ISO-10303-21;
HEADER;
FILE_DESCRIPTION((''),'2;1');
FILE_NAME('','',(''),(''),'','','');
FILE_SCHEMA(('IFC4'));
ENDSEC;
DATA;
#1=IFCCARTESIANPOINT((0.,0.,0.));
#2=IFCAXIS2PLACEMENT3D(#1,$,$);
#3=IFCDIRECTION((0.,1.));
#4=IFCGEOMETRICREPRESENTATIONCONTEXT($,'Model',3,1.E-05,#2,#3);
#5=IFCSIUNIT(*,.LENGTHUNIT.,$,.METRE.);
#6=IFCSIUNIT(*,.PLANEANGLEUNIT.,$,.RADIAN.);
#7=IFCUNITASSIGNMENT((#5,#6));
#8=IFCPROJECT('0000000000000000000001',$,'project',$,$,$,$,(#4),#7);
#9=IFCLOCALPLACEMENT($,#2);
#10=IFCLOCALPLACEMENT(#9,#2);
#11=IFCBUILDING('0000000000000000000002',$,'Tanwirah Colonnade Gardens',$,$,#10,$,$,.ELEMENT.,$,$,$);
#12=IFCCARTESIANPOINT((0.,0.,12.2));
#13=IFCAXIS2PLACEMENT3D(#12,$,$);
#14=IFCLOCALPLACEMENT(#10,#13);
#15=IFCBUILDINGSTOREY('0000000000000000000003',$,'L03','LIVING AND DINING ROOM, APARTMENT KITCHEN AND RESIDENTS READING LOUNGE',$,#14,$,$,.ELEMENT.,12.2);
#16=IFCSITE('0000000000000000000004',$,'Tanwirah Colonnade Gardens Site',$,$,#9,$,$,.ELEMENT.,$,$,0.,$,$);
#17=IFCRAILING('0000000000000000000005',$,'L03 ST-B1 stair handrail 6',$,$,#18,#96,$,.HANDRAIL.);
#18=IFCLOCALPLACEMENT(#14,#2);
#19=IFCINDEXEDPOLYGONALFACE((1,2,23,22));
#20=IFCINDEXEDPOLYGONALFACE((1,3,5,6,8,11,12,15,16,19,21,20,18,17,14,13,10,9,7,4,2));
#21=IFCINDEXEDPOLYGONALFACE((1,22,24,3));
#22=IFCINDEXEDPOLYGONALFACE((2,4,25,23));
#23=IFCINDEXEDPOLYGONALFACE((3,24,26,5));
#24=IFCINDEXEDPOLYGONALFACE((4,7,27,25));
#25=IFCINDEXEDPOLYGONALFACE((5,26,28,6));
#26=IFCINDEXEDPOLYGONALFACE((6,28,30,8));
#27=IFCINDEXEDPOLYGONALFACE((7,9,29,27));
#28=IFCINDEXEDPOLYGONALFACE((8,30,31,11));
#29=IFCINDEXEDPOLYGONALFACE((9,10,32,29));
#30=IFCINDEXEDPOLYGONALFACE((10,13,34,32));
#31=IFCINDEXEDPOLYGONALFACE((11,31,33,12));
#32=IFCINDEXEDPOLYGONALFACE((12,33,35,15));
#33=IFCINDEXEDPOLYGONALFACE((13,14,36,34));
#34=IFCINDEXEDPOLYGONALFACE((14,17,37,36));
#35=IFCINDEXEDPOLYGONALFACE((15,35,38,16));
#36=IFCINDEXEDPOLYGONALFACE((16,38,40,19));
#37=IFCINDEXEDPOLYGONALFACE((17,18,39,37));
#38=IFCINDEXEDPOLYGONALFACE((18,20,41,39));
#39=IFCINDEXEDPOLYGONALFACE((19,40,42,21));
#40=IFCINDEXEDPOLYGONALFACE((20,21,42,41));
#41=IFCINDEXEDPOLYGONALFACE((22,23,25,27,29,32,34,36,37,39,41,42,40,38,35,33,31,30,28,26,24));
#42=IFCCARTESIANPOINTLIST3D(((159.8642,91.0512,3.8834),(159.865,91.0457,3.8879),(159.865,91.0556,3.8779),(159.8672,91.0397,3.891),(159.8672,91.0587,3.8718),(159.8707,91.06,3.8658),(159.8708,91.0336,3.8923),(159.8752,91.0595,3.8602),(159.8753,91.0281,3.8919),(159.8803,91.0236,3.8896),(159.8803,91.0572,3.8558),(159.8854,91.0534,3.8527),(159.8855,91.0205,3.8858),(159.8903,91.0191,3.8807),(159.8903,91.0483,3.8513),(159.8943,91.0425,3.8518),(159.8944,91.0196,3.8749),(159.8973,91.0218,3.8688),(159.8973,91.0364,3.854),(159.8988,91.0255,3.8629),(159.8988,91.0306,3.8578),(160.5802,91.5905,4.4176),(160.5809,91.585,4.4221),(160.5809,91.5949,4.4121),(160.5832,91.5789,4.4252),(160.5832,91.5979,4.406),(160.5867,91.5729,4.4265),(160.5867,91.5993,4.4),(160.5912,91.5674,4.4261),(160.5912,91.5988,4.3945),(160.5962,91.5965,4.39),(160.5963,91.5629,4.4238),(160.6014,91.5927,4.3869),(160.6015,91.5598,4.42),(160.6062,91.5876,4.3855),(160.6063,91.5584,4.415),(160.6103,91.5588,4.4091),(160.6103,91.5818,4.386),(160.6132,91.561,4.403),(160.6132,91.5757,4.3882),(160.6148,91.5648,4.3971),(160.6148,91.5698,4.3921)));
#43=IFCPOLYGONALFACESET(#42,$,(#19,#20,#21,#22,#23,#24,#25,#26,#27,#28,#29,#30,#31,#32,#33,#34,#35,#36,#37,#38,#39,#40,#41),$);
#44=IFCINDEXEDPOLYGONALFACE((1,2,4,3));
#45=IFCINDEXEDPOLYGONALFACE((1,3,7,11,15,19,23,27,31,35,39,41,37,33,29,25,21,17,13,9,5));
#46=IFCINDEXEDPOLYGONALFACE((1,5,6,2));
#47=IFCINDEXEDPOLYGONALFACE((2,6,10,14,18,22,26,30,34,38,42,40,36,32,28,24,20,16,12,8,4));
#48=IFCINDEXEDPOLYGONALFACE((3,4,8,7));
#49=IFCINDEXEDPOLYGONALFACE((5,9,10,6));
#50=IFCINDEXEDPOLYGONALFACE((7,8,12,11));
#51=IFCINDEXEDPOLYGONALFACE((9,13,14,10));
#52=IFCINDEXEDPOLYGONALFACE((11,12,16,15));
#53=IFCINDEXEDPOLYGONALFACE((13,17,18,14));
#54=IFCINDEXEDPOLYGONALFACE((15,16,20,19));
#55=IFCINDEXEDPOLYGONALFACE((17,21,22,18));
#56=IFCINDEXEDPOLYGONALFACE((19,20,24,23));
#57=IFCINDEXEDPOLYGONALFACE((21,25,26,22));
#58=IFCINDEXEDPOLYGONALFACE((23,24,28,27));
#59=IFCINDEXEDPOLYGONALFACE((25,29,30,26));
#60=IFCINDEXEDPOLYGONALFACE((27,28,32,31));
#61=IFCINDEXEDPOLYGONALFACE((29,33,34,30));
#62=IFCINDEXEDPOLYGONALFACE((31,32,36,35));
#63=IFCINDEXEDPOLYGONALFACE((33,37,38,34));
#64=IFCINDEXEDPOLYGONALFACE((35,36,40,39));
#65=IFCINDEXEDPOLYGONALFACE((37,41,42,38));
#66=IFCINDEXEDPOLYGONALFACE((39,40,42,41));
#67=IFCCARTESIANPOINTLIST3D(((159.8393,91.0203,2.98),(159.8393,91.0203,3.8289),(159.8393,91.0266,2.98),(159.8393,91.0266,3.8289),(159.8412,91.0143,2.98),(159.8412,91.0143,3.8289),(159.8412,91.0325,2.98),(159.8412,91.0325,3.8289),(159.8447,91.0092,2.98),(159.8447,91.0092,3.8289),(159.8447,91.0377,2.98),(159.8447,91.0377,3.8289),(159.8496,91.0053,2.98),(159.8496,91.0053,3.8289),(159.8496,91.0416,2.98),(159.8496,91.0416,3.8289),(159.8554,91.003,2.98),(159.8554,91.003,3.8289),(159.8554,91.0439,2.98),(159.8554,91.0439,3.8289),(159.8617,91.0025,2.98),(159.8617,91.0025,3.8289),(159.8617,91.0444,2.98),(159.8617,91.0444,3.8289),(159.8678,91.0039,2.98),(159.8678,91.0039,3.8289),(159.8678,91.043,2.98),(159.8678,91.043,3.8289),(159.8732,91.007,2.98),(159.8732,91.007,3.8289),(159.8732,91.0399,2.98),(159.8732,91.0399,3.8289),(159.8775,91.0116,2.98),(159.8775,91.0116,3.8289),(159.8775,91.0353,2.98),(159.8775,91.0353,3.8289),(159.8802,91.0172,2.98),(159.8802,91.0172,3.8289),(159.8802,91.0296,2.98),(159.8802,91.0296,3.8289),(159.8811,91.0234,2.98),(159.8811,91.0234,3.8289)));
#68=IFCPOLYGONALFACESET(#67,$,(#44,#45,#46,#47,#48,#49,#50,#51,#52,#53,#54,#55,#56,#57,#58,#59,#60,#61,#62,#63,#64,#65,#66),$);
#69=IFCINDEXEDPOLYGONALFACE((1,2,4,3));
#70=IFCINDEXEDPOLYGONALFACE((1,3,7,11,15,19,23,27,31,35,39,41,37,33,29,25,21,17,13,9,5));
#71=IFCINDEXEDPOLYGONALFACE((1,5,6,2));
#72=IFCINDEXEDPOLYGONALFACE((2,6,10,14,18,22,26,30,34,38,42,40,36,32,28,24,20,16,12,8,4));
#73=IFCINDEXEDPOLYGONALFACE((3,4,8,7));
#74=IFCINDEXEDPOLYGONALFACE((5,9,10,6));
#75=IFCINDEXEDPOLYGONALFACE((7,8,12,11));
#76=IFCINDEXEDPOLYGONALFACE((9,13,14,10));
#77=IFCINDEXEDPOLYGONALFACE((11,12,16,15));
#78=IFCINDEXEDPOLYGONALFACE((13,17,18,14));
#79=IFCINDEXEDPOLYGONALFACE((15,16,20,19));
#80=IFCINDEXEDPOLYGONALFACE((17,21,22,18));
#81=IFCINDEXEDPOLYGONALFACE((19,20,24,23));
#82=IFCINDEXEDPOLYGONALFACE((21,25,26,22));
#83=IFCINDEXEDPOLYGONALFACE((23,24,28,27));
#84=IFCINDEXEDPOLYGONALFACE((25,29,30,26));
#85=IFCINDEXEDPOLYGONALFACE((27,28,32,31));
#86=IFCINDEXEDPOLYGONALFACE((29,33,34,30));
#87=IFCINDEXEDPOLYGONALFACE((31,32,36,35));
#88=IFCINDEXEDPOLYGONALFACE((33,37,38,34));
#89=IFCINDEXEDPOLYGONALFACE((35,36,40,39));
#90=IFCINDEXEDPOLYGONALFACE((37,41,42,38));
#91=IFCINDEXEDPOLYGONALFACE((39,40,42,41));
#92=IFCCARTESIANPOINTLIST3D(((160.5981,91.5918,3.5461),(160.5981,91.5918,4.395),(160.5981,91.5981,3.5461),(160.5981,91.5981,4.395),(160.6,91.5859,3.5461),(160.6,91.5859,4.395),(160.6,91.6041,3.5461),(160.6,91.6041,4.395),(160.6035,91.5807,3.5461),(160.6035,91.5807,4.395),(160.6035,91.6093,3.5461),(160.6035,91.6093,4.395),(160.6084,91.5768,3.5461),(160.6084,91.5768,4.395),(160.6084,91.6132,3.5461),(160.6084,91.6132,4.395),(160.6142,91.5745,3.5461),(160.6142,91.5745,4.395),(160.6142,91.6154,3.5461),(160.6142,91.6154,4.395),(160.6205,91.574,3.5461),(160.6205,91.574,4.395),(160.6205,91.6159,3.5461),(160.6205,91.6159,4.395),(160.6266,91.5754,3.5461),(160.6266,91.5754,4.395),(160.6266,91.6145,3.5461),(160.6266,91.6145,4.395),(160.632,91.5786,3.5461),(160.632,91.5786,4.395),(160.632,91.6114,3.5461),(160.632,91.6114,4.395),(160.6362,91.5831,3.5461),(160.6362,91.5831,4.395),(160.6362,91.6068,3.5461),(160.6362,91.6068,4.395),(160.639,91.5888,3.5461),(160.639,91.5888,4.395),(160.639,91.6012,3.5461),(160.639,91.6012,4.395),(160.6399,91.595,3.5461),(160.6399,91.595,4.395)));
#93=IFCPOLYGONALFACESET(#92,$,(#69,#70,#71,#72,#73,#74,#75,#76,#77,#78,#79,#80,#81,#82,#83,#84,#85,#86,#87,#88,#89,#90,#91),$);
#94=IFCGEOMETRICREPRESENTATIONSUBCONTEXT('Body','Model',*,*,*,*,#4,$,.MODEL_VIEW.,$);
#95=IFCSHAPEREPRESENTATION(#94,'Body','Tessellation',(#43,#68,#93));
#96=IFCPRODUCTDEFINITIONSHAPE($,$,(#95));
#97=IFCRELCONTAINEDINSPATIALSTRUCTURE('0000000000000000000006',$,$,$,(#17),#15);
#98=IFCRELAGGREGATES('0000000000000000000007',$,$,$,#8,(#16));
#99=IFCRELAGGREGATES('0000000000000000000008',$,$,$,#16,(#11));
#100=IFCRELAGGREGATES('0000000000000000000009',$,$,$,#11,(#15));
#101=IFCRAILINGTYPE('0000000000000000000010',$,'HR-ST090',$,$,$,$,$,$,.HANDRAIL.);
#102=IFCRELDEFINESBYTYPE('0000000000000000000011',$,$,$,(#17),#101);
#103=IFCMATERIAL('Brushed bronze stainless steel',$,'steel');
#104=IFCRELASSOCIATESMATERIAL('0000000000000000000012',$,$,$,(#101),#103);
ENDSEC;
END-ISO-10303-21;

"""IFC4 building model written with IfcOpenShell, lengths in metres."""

from ifc_helpers import new_model, si_unit, direction, frame, origin, origin_2d, place, context, subcontext, project, spatial, circle, extrude, material, type_object, element, save


model = new_model("IFC4")

# Units and contexts
model_context = context("Model", 3, precision=1e-05, world=origin(), true_north=direction((0.0, 1.0)))
body_context = subcontext(model_context, "Body", "Model", "MODEL_VIEW")
ifc_project = project(units=[si_unit("LENGTHUNIT", "METRE"), si_unit("PLANEANGLEUNIT", "RADIAN")], contexts=[model_context])

# Site, building, storey
site_placement = place(None, origin())
site = spatial("IfcSite", under=ifc_project, at=site_placement, Name="Tanwirah Colonnade Gardens Site", CompositionType="ELEMENT", RefElevation=0.0)
building_placement = place(site_placement, origin())
building = spatial("IfcBuilding", under=site, at=building_placement, Name="Tanwirah Colonnade Gardens", CompositionType="ELEMENT")
storey_placement = place(building_placement, frame((0.0, 0.0, 12.2)))
storey = spatial("IfcBuildingStorey", under=building, at=storey_placement, Name="L03", Description="LIVING AND DINING ROOM, APARTMENT KITCHEN AND RESIDENTS READING LOUNGE", CompositionType="ELEMENT", Elevation=12.2)

# Railing
ifc_material_1 = material(Name="Brushed bronze stainless steel", Category="steel")
railing_type_1 = type_object("IfcRailingType", Name="HR-ST090", PredefinedType="HANDRAIL", material=ifc_material_1)
railing_1_placement = place(storey_placement, frame((159.8601, 91.0234, 2.98)))
element("IfcRailing", 1, at=railing_1_placement, inside=storey, type_object=railing_type_1, Name="L03 ST-B1 stair handrail 6", PredefinedType="HANDRAIL", context=body_context, shape_type="SweptSolid", body=[
    extrude(circle(Radius=0.0239, at=origin_2d()), frame((0.0215, 0.0161, 0.8918), z_axis=(0.686146, 0.516817, 0.51196), x_axis=(-0.601644, 0.798765, 0.0)), (0.0, 0.0, 1.0), 1.0435),
    extrude(circle(Radius=0.021, at=origin_2d()), origin(), (0.0, 0.0, 1.0), 0.8489),
    extrude(circle(Radius=0.021, at=origin_2d()), frame((0.7588, 0.5715, 0.5662)), (0.0, 0.0, 1.0), 0.8489),
])

save(model, "model.ifc")
